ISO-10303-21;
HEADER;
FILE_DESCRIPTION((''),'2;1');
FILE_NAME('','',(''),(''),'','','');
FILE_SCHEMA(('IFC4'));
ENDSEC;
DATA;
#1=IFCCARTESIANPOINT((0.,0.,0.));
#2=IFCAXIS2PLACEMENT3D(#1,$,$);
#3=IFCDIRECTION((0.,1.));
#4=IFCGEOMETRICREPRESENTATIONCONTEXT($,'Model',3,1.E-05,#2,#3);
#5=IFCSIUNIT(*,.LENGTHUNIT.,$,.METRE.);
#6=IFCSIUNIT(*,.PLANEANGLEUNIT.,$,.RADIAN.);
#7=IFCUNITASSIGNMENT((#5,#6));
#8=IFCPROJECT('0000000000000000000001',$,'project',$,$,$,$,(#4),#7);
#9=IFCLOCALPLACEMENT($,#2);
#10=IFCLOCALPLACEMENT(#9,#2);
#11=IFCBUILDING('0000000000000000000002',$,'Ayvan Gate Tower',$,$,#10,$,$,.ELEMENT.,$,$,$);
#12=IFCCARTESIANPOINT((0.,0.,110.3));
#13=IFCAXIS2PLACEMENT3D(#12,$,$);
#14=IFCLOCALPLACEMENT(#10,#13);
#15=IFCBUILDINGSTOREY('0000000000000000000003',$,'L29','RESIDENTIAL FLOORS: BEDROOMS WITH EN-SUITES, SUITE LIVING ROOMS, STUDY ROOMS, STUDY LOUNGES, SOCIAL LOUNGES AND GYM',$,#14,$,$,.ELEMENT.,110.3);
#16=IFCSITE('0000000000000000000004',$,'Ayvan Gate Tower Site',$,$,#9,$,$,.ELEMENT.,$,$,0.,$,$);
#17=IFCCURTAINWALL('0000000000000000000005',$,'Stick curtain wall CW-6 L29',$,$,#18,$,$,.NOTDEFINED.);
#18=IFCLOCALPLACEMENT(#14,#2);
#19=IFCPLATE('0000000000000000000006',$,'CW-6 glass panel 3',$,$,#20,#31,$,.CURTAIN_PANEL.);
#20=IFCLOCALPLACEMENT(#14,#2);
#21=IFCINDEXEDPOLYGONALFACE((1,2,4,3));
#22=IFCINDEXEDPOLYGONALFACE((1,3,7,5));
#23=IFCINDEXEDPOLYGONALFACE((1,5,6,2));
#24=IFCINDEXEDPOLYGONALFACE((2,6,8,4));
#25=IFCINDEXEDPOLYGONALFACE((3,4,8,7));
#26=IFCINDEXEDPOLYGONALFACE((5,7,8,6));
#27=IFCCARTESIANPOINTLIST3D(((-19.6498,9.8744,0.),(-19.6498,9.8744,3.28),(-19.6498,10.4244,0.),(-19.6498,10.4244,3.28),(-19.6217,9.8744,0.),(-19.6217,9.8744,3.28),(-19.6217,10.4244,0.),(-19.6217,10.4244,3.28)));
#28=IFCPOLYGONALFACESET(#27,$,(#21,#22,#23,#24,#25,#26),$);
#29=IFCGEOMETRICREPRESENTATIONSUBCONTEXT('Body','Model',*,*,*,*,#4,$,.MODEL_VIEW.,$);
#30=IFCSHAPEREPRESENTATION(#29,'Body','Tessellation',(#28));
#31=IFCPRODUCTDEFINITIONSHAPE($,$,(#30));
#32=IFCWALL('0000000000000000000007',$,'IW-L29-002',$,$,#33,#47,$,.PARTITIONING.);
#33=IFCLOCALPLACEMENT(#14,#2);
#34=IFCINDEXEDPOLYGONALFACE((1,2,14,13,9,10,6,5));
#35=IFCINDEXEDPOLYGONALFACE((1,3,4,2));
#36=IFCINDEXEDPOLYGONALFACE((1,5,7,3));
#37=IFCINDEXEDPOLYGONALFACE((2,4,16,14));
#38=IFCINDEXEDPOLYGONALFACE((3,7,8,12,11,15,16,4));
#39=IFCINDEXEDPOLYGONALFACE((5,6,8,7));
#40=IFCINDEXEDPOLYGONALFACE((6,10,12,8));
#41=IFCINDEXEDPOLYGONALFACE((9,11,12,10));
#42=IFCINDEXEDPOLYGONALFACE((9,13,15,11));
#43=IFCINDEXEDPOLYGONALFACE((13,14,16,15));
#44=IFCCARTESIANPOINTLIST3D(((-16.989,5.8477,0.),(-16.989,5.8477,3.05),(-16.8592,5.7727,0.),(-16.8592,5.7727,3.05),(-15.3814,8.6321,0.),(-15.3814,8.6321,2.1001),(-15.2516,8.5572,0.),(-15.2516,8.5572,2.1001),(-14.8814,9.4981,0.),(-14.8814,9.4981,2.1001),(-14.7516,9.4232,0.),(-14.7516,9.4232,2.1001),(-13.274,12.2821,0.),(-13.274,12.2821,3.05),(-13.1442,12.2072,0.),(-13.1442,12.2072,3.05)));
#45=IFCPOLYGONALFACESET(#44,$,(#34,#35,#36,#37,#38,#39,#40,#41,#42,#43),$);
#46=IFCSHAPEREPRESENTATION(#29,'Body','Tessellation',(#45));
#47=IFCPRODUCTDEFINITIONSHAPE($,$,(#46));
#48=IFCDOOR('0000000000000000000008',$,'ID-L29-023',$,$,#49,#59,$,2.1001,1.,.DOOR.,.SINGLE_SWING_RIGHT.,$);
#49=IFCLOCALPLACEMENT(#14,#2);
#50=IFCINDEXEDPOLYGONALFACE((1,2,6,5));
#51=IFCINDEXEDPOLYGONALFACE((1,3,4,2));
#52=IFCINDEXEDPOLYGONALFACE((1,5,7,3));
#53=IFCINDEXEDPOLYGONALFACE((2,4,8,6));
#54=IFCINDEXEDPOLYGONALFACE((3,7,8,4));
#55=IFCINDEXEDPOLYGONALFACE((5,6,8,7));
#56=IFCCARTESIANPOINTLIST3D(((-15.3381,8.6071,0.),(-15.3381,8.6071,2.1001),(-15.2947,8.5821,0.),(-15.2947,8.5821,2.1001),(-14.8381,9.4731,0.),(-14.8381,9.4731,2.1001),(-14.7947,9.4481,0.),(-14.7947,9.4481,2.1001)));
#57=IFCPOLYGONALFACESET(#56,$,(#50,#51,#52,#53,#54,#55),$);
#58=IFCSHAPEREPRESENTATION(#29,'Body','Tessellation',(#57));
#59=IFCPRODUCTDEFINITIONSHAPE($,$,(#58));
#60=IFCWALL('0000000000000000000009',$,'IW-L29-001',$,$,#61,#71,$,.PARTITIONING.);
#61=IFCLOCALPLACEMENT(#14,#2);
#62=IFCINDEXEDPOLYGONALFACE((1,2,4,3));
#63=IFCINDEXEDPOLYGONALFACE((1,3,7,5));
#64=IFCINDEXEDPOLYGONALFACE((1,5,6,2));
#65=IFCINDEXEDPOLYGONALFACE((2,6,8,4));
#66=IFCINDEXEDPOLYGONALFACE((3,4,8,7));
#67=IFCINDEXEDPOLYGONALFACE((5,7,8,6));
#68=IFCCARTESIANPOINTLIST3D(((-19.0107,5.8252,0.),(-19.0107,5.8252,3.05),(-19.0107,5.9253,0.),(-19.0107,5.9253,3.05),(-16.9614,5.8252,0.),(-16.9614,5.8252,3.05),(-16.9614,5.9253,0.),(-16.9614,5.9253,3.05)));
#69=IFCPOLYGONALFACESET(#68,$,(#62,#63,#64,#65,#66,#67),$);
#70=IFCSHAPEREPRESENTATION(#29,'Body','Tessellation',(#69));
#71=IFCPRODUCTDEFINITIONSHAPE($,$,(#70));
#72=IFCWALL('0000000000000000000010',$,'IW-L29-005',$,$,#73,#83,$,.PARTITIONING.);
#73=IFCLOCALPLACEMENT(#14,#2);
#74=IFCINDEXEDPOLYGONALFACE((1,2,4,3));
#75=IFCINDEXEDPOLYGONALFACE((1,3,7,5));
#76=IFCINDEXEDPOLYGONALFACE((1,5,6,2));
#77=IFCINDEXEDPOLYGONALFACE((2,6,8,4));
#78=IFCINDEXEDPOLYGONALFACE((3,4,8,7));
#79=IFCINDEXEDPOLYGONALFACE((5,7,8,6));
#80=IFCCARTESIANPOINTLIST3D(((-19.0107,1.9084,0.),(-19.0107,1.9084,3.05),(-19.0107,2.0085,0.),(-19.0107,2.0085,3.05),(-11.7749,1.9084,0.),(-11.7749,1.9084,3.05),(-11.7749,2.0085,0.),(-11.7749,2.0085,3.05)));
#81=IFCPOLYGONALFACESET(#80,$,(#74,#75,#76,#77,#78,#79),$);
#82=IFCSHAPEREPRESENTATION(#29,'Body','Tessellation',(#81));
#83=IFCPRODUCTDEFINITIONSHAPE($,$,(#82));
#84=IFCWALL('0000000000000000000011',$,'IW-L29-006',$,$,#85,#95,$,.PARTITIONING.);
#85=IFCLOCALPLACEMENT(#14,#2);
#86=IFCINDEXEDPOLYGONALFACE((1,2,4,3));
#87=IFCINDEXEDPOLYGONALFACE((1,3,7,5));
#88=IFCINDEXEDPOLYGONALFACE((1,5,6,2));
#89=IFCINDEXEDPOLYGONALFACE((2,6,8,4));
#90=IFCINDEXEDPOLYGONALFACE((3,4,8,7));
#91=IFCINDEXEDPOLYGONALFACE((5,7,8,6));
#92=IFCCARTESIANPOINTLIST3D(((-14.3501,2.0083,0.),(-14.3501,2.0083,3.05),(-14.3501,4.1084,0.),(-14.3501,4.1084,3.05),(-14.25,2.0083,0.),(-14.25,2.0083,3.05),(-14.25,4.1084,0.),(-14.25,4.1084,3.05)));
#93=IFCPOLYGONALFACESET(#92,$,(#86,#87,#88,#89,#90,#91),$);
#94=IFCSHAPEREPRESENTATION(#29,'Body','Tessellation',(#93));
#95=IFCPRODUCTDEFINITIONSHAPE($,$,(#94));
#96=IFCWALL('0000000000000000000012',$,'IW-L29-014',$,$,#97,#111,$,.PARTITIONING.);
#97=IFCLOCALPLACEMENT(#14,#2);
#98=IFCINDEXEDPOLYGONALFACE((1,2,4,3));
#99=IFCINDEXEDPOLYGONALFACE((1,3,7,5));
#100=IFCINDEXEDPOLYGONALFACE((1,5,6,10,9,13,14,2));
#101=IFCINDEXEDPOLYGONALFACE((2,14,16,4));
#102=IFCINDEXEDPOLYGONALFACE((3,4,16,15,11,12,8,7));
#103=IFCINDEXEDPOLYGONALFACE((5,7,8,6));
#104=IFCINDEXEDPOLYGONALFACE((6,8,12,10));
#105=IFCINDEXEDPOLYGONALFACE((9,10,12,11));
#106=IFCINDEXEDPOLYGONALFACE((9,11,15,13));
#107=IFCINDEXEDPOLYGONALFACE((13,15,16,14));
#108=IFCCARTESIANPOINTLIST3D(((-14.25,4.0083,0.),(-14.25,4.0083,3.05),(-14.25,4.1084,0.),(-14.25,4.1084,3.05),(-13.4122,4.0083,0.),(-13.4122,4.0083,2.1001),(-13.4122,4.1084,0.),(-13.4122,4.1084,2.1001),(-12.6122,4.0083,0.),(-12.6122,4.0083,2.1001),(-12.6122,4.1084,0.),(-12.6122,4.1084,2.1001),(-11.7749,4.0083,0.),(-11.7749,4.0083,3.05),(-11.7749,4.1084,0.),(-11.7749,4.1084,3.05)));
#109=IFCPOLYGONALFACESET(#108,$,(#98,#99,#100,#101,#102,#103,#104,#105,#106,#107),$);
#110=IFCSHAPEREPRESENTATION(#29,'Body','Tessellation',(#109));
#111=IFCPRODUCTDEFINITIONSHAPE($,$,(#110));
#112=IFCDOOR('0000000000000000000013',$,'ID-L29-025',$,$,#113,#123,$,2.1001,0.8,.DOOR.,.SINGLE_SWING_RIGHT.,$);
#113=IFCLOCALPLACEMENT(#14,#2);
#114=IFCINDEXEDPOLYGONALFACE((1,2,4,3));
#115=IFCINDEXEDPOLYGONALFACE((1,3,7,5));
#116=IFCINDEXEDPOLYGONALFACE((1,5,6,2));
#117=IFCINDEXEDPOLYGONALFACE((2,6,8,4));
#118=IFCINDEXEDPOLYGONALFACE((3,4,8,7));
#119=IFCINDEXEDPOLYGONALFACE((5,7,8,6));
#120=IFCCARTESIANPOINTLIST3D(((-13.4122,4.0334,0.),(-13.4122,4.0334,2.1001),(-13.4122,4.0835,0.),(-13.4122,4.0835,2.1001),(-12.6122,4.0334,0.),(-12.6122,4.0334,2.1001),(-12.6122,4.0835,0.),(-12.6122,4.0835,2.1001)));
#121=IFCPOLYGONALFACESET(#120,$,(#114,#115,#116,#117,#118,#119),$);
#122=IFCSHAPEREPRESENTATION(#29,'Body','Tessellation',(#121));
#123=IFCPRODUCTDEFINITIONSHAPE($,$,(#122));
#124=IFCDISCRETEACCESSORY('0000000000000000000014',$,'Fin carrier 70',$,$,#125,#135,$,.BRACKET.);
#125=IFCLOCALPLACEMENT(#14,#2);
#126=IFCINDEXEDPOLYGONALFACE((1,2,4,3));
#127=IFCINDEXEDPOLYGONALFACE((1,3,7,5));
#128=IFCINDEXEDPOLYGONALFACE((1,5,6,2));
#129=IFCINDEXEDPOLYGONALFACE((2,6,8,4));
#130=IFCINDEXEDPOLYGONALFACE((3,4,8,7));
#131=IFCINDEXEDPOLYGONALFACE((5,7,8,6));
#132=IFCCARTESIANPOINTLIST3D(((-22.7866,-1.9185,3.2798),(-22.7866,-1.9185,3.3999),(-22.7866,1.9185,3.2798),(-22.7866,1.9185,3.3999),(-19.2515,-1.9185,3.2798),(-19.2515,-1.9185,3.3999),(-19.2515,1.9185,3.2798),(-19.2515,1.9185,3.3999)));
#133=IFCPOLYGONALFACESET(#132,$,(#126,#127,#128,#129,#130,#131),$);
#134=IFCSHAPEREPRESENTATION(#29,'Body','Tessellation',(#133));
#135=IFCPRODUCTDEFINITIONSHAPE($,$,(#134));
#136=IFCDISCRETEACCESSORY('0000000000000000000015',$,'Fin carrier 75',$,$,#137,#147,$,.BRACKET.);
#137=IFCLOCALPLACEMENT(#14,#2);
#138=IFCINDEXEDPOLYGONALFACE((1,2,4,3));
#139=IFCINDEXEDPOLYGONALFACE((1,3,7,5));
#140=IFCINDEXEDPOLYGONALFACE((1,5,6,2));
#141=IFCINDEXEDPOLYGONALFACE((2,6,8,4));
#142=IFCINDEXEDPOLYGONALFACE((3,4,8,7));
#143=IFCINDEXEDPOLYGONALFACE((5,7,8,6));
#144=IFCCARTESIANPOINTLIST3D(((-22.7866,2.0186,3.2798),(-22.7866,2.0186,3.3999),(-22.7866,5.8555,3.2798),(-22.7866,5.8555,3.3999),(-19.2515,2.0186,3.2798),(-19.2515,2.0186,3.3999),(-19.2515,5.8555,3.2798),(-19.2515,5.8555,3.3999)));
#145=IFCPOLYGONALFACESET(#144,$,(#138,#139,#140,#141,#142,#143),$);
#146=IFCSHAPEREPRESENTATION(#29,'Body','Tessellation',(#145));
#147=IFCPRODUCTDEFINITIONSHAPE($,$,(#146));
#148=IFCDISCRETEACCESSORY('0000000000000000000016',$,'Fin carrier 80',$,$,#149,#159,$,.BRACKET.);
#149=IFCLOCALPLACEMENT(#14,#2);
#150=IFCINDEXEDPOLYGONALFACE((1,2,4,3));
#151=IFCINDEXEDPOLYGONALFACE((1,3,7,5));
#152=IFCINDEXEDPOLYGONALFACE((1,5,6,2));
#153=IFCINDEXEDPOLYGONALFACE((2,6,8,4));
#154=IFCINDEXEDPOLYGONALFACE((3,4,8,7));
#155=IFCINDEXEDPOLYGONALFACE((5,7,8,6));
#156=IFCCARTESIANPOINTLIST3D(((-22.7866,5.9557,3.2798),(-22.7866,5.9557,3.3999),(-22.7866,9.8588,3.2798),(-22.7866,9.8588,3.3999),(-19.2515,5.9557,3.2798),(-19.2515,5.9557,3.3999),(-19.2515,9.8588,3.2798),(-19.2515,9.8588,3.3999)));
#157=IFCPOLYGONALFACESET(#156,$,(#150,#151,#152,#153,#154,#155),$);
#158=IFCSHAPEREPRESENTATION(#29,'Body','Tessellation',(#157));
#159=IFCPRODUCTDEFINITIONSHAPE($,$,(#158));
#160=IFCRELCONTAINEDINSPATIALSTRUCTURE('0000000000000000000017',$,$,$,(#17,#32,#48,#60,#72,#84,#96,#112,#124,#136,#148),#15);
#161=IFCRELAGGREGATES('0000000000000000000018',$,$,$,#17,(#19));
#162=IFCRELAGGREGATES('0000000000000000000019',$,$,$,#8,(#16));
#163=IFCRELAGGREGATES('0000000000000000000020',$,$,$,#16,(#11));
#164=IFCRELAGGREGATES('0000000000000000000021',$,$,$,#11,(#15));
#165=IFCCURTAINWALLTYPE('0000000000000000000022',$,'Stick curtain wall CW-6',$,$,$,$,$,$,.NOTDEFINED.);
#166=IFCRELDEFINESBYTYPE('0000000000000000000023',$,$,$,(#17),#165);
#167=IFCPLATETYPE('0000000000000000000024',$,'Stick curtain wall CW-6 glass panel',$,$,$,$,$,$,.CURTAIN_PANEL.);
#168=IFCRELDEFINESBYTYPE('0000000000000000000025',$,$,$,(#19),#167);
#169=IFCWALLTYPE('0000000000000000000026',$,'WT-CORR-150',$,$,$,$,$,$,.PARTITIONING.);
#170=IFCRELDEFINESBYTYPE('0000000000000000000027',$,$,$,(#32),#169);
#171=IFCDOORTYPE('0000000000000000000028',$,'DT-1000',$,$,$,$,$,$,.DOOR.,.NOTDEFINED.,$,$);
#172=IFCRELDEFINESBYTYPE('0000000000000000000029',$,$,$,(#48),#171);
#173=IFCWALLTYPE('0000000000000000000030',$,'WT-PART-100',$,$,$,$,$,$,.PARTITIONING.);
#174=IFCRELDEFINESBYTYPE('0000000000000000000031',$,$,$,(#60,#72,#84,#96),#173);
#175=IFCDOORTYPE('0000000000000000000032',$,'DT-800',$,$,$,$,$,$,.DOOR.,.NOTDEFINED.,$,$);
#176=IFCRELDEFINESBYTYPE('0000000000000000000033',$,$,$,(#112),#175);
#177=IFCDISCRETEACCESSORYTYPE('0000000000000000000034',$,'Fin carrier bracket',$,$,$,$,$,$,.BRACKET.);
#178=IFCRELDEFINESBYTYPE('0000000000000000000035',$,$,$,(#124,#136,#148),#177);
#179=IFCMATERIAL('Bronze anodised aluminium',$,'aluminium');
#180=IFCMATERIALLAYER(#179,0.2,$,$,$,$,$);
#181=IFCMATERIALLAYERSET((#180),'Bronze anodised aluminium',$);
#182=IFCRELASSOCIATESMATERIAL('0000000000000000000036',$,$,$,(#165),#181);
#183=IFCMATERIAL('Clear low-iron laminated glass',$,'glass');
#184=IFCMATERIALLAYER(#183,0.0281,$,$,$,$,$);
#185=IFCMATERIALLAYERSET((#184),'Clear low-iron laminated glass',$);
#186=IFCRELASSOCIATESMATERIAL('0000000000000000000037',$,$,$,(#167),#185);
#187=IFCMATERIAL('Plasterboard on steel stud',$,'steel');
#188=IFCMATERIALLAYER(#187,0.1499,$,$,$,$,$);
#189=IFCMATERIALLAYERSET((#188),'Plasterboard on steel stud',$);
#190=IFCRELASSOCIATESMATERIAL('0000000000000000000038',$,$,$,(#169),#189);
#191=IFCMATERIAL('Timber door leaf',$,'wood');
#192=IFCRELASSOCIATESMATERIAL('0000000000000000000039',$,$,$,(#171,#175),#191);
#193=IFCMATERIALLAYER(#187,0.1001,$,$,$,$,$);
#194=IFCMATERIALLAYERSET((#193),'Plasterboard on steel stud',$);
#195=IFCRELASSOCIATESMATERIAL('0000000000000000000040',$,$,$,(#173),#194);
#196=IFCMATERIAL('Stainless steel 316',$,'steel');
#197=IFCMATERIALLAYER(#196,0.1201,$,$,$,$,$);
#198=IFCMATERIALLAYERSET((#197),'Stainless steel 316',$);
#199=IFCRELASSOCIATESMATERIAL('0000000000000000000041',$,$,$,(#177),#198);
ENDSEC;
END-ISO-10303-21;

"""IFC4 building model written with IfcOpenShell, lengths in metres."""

from ifc_helpers import new_model, si_unit, direction, frame, frame_2d, origin, origin_2d, place, context, subcontext, project, spatial, rectangle, extrude, material, layer, layer_set, type_object, element, fill, aggregate, save


model = new_model("IFC4")

# Units and contexts
model_context = context("Model", 3, precision=1e-05, world=origin(), true_north=direction((0.0, 1.0)))
body_context = subcontext(model_context, "Body", "Model", "MODEL_VIEW")
ifc_project = project(units=[si_unit("LENGTHUNIT", "METRE"), si_unit("PLANEANGLEUNIT", "RADIAN")], contexts=[model_context])

# Site, building, storey
site_placement = place(None, origin())
site = spatial("IfcSite", under=ifc_project, at=site_placement, Name="Ayvan Gate Tower Site", CompositionType="ELEMENT", RefElevation=0.0)
building_placement = place(site_placement, origin())
building = spatial("IfcBuilding", under=site, at=building_placement, Name="Ayvan Gate Tower", CompositionType="ELEMENT")
storey_placement = place(building_placement, frame((0.0, 0.0, 110.3)))
storey = spatial("IfcBuildingStorey", under=building, at=storey_placement, Name="L29", Description="RESIDENTIAL FLOORS: BEDROOMS WITH EN-SUITES, SUITE LIVING ROOMS, STUDY ROOMS, STUDY LOUNGES, SOCIAL LOUNGES AND GYM", CompositionType="ELEMENT", Elevation=110.3)

# Curtain wall
ifc_material_1 = material(Name="Bronze anodised aluminium", Category="aluminium")
ifc_layer_1 = layer(ifc_material_1, 0.2)
ifc_layer_set_1 = layer_set([ifc_layer_1], Name="Bronze anodised aluminium")
curtain_wall_type_1 = type_object("IfcCurtainWallType", Name="Stick curtain wall CW-6", PredefinedType="NOTDEFINED", material=ifc_layer_set_1)
curtain_wall_1_placement = place(storey_placement, origin())
curtain_wall_1 = element("IfcCurtainWall", 1, at=curtain_wall_1_placement, inside=storey, type_object=curtain_wall_type_1, Name="Stick curtain wall CW-6 L29", PredefinedType="NOTDEFINED")

# Plate
ifc_material_2 = material(Name="Clear low-iron laminated glass", Category="glass")
ifc_layer_2 = layer(ifc_material_2, 0.0281)
ifc_layer_set_2 = layer_set([ifc_layer_2], Name="Clear low-iron laminated glass")
plate_type_1 = type_object("IfcPlateType", Name="Stick curtain wall CW-6 glass panel", PredefinedType="CURTAIN_PANEL", material=ifc_layer_set_2)
plate_1_placement = place(storey_placement, frame((-19.6357, 10.1494, 0.0), z_axis=(0.0, 0.0, 1.0), x_axis=(0.0, -1.0, 0.0)))
plate_1 = element("IfcPlate", 2, at=plate_1_placement, type_object=plate_type_1, Name="CW-6 glass panel 3", PredefinedType="CURTAIN_PANEL", context=body_context, shape_type="SweptSolid", body=[
    extrude(rectangle(XDim=0.55, YDim=0.0281, at=origin_2d()), origin(), (0.0, 0.0, 1.0), 3.28),
])
aggregate(curtain_wall_1, [plate_1])

# Wall, opening, door
ifc_material_3 = material(Name="Plasterboard on steel stud", Category="steel")
ifc_layer_3 = layer(ifc_material_3, 0.1499)
ifc_layer_set_3 = layer_set([ifc_layer_3], Name="Plasterboard on steel stud")
wall_type_1 = type_object("IfcWallType", Name="WT-CORR-150", PredefinedType="PARTITIONING", material=ifc_layer_set_3)
wall_1_placement = place(storey_placement, frame((-16.9241, 5.8103, 0.0), z_axis=(0.0, 0.0, 1.0), x_axis=(0.500009, 0.86602, 0.0)))
wall_1 = element("IfcWall", 3, at=wall_1_placement, inside=storey, type_object=wall_type_1, Name="IW-L29-002", PredefinedType="PARTITIONING", context=body_context, shape_type="SweptSolid", body=[
    extrude(rectangle(XDim=7.4299, YDim=0.1499, at=frame_2d((3.7148, 0.0))), origin(), (0.0, 0.0, 1.0), 3.05),
])
opening_1_placement = place(wall_1_placement, frame((3.2151, 0.0, 0.0)))
opening_1 = element("IfcOpeningElement", 4, at=opening_1_placement, cuts=wall_1, PredefinedType="OPENING", context=body_context, shape_type="SweptSolid", body=[
    extrude(rectangle(XDim=1.0, YDim=2.1001, at=frame_2d((0.5, 1.05))), frame((0.0, 0.085, 0.0), z_axis=(0.0, -1.0, 0.0), x_axis=(1.0, 0.0, 0.0)), (0.0, 0.0, 1.0), 0.1699),
])
ifc_material_4 = material(Name="Timber door leaf", Category="wood")
door_type_1 = type_object("IfcDoorType", Name="DT-1000", OperationType="NOTDEFINED", PredefinedType="DOOR", material=ifc_material_4)
door_1_placement = place(opening_1_placement, origin())
door_1 = element("IfcDoor", 5, at=door_1_placement, inside=storey, type_object=door_type_1, Name="ID-L29-023", OperationType="SINGLE_SWING_RIGHT", OverallHeight=2.1001, OverallWidth=1.0, PredefinedType="DOOR", context=body_context, shape_type="SweptSolid", body=[
    extrude(rectangle(XDim=1.0, YDim=2.1001, at=frame_2d((0.5, 1.05))), frame((0.0, 0.0249, 0.0), z_axis=(0.0, -1.0, 0.0), x_axis=(1.0, 0.0, 0.0)), (0.0, 0.0, 1.0), 0.05),
])
fill(opening_1, door_1)

# Walls
ifc_layer_4 = layer(ifc_material_3, 0.1001)
ifc_layer_set_4 = layer_set([ifc_layer_4], Name="Plasterboard on steel stud")
wall_type_2 = type_object("IfcWallType", Name="WT-PART-100", PredefinedType="PARTITIONING", material=ifc_layer_set_4)
wall_2_placement = place(storey_placement, frame((-16.9614, 5.8752, 0.0), z_axis=(0.0, 0.0, 1.0), x_axis=(-1.0, 0.0, 0.0)))
element("IfcWall", 6, at=wall_2_placement, inside=storey, type_object=wall_type_2, Name="IW-L29-001", PredefinedType="PARTITIONING", context=body_context, shape_type="SweptSolid", body=[
    extrude(rectangle(XDim=2.0493, YDim=0.1001, at=frame_2d((1.0247, 0.0))), origin(), (0.0, 0.0, 1.0), 3.05),
])
wall_3_placement = place(storey_placement, frame((-19.0107, 1.9585, 0.0), z_axis=(0.0, 0.0, 1.0), x_axis=(1.0, 0.0, 0.0)))
element("IfcWall", 7, at=wall_3_placement, inside=storey, type_object=wall_type_2, Name="IW-L29-005", PredefinedType="PARTITIONING", context=body_context, shape_type="SweptSolid", body=[
    extrude(rectangle(XDim=7.2358, YDim=0.1001, at=frame_2d((3.6179, 0.0))), origin(), (0.0, 0.0, 1.0), 3.05),
])
wall_4_placement = place(storey_placement, frame((-14.3, 4.1084, 0.0), z_axis=(0.0, 0.0, 1.0), x_axis=(0.0, -1.0, 0.0)))
element("IfcWall", 8, at=wall_4_placement, inside=storey, type_object=wall_type_2, Name="IW-L29-006", PredefinedType="PARTITIONING", context=body_context, shape_type="SweptSolid", body=[
    extrude(rectangle(XDim=2.1001, YDim=0.1001, at=frame_2d((1.05, 0.0))), origin(), (0.0, 0.0, 1.0), 3.05),
])

# Wall, opening, door
wall_5_placement = place(storey_placement, frame((-11.7749, 4.0583, 0.0), z_axis=(0.0, 0.0, 1.0), x_axis=(-1.0, 0.0, 0.0)))
wall_5 = element("IfcWall", 9, at=wall_5_placement, inside=storey, type_object=wall_type_2, Name="IW-L29-014", PredefinedType="PARTITIONING", context=body_context, shape_type="SweptSolid", body=[
    extrude(rectangle(XDim=2.4751, YDim=0.1001, at=frame_2d((1.2375, 0.0))), origin(), (0.0, 0.0, 1.0), 3.05),
])
opening_2_placement = place(wall_5_placement, frame((0.8374, 0.0, 0.0)))
opening_2 = element("IfcOpeningElement", 10, at=opening_2_placement, cuts=wall_5, PredefinedType="OPENING", context=body_context, shape_type="SweptSolid", body=[
    extrude(rectangle(XDim=0.8, YDim=2.1001, at=frame_2d((0.3999, 1.05))), frame((0.0, 0.0601, 0.0), z_axis=(0.0, -1.0, 0.0), x_axis=(1.0, 0.0, 0.0)), (0.0, 0.0, 1.0), 0.1201),
])
door_type_2 = type_object("IfcDoorType", Name="DT-800", OperationType="NOTDEFINED", PredefinedType="DOOR", material=ifc_material_4)
door_2_placement = place(opening_2_placement, origin())
door_2 = element("IfcDoor", 11, at=door_2_placement, inside=storey, type_object=door_type_2, Name="ID-L29-025", OperationType="SINGLE_SWING_RIGHT", OverallHeight=2.1001, OverallWidth=0.8, PredefinedType="DOOR", context=body_context, shape_type="SweptSolid", body=[
    extrude(rectangle(XDim=0.8, YDim=2.1001, at=frame_2d((0.3999, 1.05))), frame((0.0, 0.0249, 0.0), z_axis=(0.0, -1.0, 0.0), x_axis=(1.0, 0.0, 0.0)), (0.0, 0.0, 1.0), 0.05),
])
fill(opening_2, door_2)

# Discrete accessories
ifc_material_5 = material(Name="Stainless steel 316", Category="steel")
ifc_layer_5 = layer(ifc_material_5, 0.1201)
ifc_layer_set_5 = layer_set([ifc_layer_5], Name="Stainless steel 316")
discrete_accessory_type = type_object("IfcDiscreteAccessoryType", Name="Fin carrier bracket", PredefinedType="BRACKET", material=ifc_layer_set_5)
for number, where, z_axis, x_axis, name in (
    (12, (-21.019, 0.0, 3.2798), (0.0, 0.0, 1.0), (0.0, -1.0, 0.0), "Fin carrier 70"),
    (13, (-21.019, 3.937, 3.2798), (0.0, 0.0, 1.0), (0.0, -1.0, 0.0), "Fin carrier 75"),
):
    element("IfcDiscreteAccessory", number, at=place(storey_placement, frame(where, z_axis=z_axis, x_axis=x_axis)), inside=storey, type_object=discrete_accessory_type, Name=name, PredefinedType="BRACKET", context=body_context, shape_type="SweptSolid", body=[
        extrude(rectangle(XDim=3.8369, YDim=3.5352, at=origin_2d()), origin(), (0.0, 0.0, 1.0), 0.1201),
    ])
discrete_accessory_placement = place(storey_placement, frame((-21.019, 7.9072, 3.2798), z_axis=(0.0, 0.0, 1.0), x_axis=(0.0, -1.0, 0.0)))
element("IfcDiscreteAccessory", 14, at=discrete_accessory_placement, inside=storey, type_object=discrete_accessory_type, Name="Fin carrier 80", PredefinedType="BRACKET", context=body_context, shape_type="SweptSolid", body=[
    extrude(rectangle(XDim=3.9031, YDim=3.5352, at=origin_2d()), origin(), (0.0, 0.0, 1.0), 0.1201),
])

save(model, "model.ifc")
